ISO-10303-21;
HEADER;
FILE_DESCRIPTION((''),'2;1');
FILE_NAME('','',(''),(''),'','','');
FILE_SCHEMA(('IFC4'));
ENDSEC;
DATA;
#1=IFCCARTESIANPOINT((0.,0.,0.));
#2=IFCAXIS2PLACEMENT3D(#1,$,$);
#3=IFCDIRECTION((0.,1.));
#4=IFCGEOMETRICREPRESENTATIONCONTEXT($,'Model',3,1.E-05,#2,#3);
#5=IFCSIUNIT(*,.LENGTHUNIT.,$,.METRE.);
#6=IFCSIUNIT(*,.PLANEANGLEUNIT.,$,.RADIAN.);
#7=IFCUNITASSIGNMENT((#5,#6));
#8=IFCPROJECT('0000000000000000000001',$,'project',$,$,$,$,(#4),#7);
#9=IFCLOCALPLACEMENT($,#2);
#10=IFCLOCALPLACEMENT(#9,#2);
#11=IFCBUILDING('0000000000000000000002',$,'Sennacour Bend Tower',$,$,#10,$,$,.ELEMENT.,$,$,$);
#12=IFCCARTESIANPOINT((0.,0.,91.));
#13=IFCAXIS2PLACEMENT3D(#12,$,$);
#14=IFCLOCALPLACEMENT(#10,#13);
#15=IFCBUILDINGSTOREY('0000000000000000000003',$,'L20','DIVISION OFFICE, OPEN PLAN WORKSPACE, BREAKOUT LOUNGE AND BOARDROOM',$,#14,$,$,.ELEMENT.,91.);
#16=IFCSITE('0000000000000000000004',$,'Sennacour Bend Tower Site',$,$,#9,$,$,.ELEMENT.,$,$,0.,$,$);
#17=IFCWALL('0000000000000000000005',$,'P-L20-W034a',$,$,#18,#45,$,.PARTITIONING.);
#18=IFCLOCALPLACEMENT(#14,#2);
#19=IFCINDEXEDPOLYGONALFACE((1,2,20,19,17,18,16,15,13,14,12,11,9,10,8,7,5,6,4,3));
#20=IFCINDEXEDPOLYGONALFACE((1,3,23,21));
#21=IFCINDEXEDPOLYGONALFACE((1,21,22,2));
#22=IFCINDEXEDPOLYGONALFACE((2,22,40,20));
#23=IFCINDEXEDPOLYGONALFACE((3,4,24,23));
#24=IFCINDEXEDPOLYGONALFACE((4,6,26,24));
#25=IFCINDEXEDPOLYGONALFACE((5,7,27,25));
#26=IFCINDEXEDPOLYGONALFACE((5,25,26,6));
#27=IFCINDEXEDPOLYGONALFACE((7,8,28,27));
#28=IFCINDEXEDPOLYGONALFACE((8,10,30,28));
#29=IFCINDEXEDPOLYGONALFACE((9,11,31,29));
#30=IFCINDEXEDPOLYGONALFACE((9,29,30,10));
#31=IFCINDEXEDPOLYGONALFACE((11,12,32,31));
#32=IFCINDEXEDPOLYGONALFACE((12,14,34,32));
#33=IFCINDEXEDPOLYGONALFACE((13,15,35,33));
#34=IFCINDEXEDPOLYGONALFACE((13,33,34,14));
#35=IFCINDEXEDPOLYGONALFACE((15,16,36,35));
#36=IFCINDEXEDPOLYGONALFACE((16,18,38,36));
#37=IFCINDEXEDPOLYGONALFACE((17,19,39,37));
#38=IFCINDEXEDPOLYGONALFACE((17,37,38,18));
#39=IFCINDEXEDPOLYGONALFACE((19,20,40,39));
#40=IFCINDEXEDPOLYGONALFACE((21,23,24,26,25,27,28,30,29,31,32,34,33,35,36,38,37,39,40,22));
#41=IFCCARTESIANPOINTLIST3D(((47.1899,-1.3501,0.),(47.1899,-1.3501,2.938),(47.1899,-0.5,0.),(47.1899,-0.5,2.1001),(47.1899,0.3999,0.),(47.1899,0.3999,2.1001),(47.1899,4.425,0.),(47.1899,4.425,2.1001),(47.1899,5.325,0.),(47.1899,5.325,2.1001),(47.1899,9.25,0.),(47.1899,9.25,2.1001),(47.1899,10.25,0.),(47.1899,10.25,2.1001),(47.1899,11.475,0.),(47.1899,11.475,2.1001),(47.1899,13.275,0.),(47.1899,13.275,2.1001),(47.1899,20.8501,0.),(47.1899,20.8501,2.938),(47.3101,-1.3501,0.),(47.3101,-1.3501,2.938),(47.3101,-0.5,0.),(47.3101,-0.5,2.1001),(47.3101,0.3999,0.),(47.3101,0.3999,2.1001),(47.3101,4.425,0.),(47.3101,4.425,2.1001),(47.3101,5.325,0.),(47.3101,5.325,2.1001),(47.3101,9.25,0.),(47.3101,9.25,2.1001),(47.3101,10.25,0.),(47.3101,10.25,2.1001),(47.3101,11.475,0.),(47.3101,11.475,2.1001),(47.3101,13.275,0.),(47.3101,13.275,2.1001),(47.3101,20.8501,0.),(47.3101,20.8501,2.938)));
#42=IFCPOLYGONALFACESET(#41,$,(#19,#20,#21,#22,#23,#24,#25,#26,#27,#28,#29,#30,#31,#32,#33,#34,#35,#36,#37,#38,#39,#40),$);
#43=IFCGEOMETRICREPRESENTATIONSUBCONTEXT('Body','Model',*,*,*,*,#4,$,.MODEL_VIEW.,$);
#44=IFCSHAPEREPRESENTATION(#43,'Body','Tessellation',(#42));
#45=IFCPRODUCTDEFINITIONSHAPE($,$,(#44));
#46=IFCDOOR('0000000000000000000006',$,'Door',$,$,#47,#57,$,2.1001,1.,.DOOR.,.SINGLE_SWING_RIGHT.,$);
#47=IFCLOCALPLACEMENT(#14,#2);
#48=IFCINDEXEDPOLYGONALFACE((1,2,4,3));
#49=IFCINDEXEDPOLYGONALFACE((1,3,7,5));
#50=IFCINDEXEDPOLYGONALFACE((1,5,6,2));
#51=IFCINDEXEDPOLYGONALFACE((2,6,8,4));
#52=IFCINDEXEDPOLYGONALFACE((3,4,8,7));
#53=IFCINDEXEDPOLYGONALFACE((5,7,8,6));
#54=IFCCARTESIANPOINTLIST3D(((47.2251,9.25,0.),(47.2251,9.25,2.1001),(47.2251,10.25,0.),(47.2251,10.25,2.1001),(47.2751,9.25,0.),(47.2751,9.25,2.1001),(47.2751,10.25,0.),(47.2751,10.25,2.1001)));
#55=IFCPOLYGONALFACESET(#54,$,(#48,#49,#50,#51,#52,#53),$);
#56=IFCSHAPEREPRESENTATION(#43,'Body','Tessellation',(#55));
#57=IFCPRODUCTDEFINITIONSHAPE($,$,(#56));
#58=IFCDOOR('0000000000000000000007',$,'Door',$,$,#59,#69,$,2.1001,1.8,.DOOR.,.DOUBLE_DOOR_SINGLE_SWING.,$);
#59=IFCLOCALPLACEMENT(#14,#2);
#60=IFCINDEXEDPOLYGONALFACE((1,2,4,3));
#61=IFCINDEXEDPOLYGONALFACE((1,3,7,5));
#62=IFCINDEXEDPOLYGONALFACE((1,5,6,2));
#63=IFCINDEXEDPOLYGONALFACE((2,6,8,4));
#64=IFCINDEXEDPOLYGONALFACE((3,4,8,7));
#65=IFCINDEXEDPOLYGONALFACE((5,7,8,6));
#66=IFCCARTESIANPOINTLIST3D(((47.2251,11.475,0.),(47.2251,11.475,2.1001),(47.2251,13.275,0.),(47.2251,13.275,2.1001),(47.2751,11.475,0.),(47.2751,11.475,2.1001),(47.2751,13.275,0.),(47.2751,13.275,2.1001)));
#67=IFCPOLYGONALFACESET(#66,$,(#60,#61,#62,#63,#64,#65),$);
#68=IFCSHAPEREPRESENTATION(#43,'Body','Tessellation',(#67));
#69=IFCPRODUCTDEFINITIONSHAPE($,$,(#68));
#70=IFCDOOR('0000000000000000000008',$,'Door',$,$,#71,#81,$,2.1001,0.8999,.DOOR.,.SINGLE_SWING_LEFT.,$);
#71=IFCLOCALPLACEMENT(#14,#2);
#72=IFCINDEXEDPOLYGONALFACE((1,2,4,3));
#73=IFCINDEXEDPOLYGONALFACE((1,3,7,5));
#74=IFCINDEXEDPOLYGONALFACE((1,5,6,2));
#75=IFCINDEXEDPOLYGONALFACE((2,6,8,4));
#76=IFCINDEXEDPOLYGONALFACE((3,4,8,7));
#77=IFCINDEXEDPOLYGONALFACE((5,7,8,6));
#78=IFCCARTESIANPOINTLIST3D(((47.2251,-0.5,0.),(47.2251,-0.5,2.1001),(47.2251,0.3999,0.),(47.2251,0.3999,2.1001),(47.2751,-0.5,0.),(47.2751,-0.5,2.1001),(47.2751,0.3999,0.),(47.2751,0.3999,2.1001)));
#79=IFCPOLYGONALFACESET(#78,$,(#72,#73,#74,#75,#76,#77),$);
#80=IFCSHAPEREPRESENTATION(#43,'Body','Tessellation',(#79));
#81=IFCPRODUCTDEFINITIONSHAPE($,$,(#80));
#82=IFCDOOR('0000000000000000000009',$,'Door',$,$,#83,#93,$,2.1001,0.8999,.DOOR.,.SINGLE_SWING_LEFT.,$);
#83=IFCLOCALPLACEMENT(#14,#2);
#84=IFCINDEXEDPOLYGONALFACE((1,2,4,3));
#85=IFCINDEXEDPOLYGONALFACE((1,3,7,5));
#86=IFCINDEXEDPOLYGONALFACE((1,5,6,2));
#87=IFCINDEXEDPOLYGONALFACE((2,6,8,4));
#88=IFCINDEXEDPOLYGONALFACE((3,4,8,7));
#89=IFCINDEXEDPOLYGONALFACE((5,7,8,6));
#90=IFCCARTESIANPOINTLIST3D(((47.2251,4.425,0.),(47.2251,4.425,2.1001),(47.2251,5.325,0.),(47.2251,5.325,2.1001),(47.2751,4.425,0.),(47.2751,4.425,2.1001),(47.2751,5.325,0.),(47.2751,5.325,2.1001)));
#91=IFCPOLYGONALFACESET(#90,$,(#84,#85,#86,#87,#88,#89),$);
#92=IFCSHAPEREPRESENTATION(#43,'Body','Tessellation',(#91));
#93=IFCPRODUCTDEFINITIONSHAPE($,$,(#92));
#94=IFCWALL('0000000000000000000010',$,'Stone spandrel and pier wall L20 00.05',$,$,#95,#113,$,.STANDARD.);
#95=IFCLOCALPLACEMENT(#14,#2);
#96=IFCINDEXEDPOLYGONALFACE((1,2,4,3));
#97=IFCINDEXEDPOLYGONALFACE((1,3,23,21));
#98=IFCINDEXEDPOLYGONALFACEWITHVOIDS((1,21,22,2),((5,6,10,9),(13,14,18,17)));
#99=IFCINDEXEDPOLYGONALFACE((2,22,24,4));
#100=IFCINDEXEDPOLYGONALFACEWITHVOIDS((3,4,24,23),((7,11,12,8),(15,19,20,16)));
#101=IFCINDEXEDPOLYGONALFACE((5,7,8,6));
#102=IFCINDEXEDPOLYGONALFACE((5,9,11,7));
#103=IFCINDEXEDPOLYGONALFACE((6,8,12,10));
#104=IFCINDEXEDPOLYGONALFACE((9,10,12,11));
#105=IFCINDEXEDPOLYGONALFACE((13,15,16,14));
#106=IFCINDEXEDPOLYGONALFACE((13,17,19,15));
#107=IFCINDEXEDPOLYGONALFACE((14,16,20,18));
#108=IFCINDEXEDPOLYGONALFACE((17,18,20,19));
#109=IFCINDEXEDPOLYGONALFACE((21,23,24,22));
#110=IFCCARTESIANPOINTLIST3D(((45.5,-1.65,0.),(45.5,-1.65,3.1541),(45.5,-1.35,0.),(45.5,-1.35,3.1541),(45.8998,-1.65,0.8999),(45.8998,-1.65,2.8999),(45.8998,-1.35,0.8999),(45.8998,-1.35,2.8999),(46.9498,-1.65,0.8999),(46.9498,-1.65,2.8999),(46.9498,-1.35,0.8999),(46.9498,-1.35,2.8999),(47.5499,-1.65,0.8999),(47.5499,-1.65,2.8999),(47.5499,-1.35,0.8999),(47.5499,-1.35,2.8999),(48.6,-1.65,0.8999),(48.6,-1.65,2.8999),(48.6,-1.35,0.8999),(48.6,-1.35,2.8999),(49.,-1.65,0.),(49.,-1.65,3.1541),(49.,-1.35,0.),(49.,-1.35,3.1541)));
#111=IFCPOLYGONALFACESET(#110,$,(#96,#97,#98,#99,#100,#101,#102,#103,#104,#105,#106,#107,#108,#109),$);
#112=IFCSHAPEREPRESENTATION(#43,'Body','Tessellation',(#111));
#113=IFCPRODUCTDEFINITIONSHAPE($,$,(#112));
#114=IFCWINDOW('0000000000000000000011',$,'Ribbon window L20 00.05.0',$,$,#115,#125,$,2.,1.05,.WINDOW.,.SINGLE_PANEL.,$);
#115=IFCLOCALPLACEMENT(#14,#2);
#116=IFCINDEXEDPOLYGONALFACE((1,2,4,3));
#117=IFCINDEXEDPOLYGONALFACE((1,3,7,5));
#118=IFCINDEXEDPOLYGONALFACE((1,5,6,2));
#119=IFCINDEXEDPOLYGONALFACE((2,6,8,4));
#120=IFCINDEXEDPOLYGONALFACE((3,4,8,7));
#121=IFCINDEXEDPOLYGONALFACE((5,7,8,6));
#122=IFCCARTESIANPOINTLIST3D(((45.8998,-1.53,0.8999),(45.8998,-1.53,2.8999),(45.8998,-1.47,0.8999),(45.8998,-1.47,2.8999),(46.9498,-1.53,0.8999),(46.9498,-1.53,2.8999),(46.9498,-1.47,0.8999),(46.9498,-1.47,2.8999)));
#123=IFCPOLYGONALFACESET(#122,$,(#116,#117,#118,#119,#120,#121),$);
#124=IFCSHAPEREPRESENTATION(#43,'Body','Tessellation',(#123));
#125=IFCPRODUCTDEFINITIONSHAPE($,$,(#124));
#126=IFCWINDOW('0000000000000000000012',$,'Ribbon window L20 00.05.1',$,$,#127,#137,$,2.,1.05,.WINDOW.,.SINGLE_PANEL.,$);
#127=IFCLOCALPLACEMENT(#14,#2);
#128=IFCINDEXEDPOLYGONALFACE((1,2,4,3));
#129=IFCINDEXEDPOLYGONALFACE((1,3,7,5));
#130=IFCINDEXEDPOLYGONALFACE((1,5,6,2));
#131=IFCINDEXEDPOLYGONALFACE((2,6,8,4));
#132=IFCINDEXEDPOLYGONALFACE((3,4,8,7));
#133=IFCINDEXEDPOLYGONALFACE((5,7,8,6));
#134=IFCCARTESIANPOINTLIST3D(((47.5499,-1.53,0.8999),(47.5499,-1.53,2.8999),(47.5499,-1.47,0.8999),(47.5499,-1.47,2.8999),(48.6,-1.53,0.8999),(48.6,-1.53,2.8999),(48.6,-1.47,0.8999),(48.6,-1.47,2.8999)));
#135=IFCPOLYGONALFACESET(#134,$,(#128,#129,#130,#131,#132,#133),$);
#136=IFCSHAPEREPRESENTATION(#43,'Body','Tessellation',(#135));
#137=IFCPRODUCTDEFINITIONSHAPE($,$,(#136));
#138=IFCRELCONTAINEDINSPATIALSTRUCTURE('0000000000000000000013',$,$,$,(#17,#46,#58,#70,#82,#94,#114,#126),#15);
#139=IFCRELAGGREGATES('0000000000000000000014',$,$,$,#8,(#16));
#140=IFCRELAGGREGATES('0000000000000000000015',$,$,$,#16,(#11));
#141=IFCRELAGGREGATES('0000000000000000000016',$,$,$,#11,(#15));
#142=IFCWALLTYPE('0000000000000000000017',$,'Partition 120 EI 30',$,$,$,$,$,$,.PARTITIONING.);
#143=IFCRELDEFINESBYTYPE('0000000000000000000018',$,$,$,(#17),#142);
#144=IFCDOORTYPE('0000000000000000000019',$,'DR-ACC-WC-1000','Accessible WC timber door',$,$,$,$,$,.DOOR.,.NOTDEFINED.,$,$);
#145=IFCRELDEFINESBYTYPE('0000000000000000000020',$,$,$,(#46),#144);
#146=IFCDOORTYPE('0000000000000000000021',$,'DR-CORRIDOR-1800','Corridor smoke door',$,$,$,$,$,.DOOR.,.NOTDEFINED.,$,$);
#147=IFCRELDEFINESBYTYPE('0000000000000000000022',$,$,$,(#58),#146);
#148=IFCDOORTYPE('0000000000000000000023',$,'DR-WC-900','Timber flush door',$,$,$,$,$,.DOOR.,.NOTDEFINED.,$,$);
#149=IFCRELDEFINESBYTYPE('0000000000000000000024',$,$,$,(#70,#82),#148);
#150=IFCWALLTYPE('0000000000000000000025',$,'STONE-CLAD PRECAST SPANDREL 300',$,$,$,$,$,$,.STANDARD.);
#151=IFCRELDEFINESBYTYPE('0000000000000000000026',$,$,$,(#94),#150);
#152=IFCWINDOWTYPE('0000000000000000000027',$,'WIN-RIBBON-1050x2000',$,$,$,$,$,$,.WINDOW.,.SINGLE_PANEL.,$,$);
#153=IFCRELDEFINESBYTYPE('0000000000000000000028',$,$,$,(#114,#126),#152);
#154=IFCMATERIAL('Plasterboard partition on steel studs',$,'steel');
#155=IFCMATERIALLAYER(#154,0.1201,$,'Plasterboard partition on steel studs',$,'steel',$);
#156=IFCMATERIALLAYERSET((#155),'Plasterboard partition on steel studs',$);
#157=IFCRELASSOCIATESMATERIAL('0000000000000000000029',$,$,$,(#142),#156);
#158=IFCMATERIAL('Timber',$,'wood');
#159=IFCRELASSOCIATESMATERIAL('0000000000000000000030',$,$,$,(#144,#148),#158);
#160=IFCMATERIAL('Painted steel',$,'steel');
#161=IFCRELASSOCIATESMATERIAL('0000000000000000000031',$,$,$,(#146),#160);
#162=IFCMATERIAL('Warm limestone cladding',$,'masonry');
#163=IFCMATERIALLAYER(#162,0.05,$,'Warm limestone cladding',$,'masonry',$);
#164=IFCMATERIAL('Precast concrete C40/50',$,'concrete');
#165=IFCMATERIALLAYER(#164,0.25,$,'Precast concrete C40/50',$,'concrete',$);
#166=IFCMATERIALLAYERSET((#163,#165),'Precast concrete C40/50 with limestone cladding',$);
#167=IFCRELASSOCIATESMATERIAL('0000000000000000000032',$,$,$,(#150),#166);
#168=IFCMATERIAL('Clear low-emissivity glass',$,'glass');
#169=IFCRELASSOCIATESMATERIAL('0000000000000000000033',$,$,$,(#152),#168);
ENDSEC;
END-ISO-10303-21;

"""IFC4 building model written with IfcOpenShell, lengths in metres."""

from ifc_helpers import new_model, si_unit, direction, frame, frame_2d, origin, place, context, subcontext, project, spatial, rectangle, extrude, material, layer, layer_set, type_object, element, fill, save


model = new_model("IFC4")

# Units and contexts
model_context = context("Model", 3, precision=1e-05, world=origin(), true_north=direction((0.0, 1.0)))
body_context = subcontext(model_context, "Body", "Model", "MODEL_VIEW")
ifc_project = project(units=[si_unit("LENGTHUNIT", "METRE"), si_unit("PLANEANGLEUNIT", "RADIAN")], contexts=[model_context])

# Site, building, storey
site_placement = place(None, origin())
site = spatial("IfcSite", under=ifc_project, at=site_placement, Name="Sennacour Bend Tower Site", CompositionType="ELEMENT", RefElevation=0.0)
building_placement = place(site_placement, origin())
building = spatial("IfcBuilding", under=site, at=building_placement, Name="Sennacour Bend Tower", CompositionType="ELEMENT")
storey_placement = place(building_placement, frame((0.0, 0.0, 91.0)))
storey = spatial("IfcBuildingStorey", under=building, at=storey_placement, Name="L20", Description="DIVISION OFFICE, OPEN PLAN WORKSPACE, BREAKOUT LOUNGE AND BOARDROOM", CompositionType="ELEMENT", Elevation=91.0)

# Shared definitions
ifc_material_1 = material(Name="Plasterboard partition on steel studs", Category="steel")

# Wall, openings, doors
ifc_layer_1 = layer(ifc_material_1, 0.1201, Name="Plasterboard partition on steel studs", Category="steel")
ifc_layer_set_1 = layer_set([ifc_layer_1], Name="Plasterboard partition on steel studs")
wall_type_1 = type_object("IfcWallType", Name="Partition 120 EI 30", PredefinedType="PARTITIONING", material=ifc_layer_set_1)
wall_1_placement = place(storey_placement, frame((47.25, -1.3501, 0.0), z_axis=(0.0, 0.0, 1.0), x_axis=(0.0, 1.0, 0.0)))
wall_1 = element("IfcWall", 1, at=wall_1_placement, inside=storey, type_object=wall_type_1, Name="P-L20-W034a", PredefinedType="PARTITIONING", context=body_context, shape_type="SweptSolid", body=[
    extrude(rectangle(XDim=22.2002, YDim=0.1201, at=frame_2d((11.1001, 0.0))), origin(), (0.0, 0.0, 1.0), 2.938),
])
opening_1_placement = place(wall_1_placement, frame((12.8252, 0.0, 0.0)))
opening_1 = element("IfcOpeningElement", 2, at=opening_1_placement, cuts=wall_1, PredefinedType="OPENING", context=body_context, shape_type="SweptSolid", body=[
    extrude(rectangle(XDim=1.8, YDim=2.1001, at=frame_2d((0.8999, 1.05))), frame((0.0, 0.0701, 0.0), z_axis=(0.0, -1.0, 0.0), x_axis=(1.0, 0.0, 0.0)), (0.0, 0.0, 1.0), 0.1401),
])
opening_2_placement = place(wall_1_placement, frame((0.8501, 0.0, 0.0)))
opening_2 = element("IfcOpeningElement", 3, at=opening_2_placement, cuts=wall_1, PredefinedType="OPENING", context=body_context, shape_type="SweptSolid", body=[
    extrude(rectangle(XDim=0.8999, YDim=2.1001, at=frame_2d((0.45, 1.05))), frame((0.0, 0.0701, 0.0), z_axis=(0.0, -1.0, 0.0), x_axis=(1.0, 0.0, 0.0)), (0.0, 0.0, 1.0), 0.1401),
])
opening_3_placement = place(wall_1_placement, frame((5.7751, 0.0, 0.0)))
opening_3 = element("IfcOpeningElement", 4, at=opening_3_placement, cuts=wall_1, PredefinedType="OPENING", context=body_context, shape_type="SweptSolid", body=[
    extrude(rectangle(XDim=0.8999, YDim=2.1001, at=frame_2d((0.45, 1.05))), frame((0.0, 0.0701, 0.0), z_axis=(0.0, -1.0, 0.0), x_axis=(1.0, 0.0, 0.0)), (0.0, 0.0, 1.0), 0.1401),
])
opening_4_placement = place(wall_1_placement, frame((10.6001, 0.0, 0.0)))
opening_4 = element("IfcOpeningElement", 5, at=opening_4_placement, cuts=wall_1, PredefinedType="OPENING", context=body_context, shape_type="SweptSolid", body=[
    extrude(rectangle(XDim=1.0, YDim=2.1001, at=frame_2d((0.5, 1.05))), frame((0.0, 0.0701, 0.0), z_axis=(0.0, -1.0, 0.0), x_axis=(1.0, 0.0, 0.0)), (0.0, 0.0, 1.0), 0.1401),
])
ifc_material_2 = material(Name="Timber", Category="wood")
door_type_1 = type_object("IfcDoorType", Name="DR-ACC-WC-1000", Description="Accessible WC timber door", OperationType="NOTDEFINED", PredefinedType="DOOR", material=ifc_material_2)
door_1_placement = place(opening_4_placement, origin())
door_1 = element("IfcDoor", 6, at=door_1_placement, inside=storey, type_object=door_type_1, Name="Door", OperationType="SINGLE_SWING_RIGHT", OverallHeight=2.1001, OverallWidth=1.0, PredefinedType="DOOR", context=body_context, shape_type="SweptSolid", body=[
    extrude(rectangle(XDim=1.0, YDim=2.1001, at=frame_2d((0.5, 1.05))), frame((0.0, 0.0249, 0.0), z_axis=(0.0, -1.0, 0.0), x_axis=(1.0, 0.0, 0.0)), (0.0, 0.0, 1.0), 0.05),
])
fill(opening_4, door_1)
ifc_material_3 = material(Name="Painted steel", Category="steel")
door_type_2 = type_object("IfcDoorType", Name="DR-CORRIDOR-1800", Description="Corridor smoke door", OperationType="NOTDEFINED", PredefinedType="DOOR", material=ifc_material_3)
door_2_placement = place(opening_1_placement, origin())
door_2 = element("IfcDoor", 7, at=door_2_placement, inside=storey, type_object=door_type_2, Name="Door", OperationType="DOUBLE_DOOR_SINGLE_SWING", OverallHeight=2.1001, OverallWidth=1.8, PredefinedType="DOOR", context=body_context, shape_type="SweptSolid", body=[
    extrude(rectangle(XDim=1.8, YDim=2.1001, at=frame_2d((0.8999, 1.05))), frame((0.0, 0.0249, 0.0), z_axis=(0.0, -1.0, 0.0), x_axis=(1.0, 0.0, 0.0)), (0.0, 0.0, 1.0), 0.05),
])
fill(opening_1, door_2)
door_type_3 = type_object("IfcDoorType", Name="DR-WC-900", Description="Timber flush door", OperationType="NOTDEFINED", PredefinedType="DOOR", material=ifc_material_2)
door_3_placement = place(opening_2_placement, origin())
door_3 = element("IfcDoor", 8, at=door_3_placement, inside=storey, type_object=door_type_3, Name="Door", OperationType="SINGLE_SWING_LEFT", OverallHeight=2.1001, OverallWidth=0.8999, PredefinedType="DOOR", context=body_context, shape_type="SweptSolid", body=[
    extrude(rectangle(XDim=0.8999, YDim=2.1001, at=frame_2d((0.45, 1.05))), frame((0.0, 0.0249, 0.0), z_axis=(0.0, -1.0, 0.0), x_axis=(1.0, 0.0, 0.0)), (0.0, 0.0, 1.0), 0.05),
])
fill(opening_2, door_3)
door_4_placement = place(opening_3_placement, origin())
door_4 = element("IfcDoor", 9, at=door_4_placement, inside=storey, type_object=door_type_3, Name="Door", OperationType="SINGLE_SWING_LEFT", OverallHeight=2.1001, OverallWidth=0.8999, PredefinedType="DOOR", context=body_context, shape_type="SweptSolid", body=[
    extrude(rectangle(XDim=0.8999, YDim=2.1001, at=frame_2d((0.45, 1.05))), frame((0.0, 0.0249, 0.0), z_axis=(0.0, -1.0, 0.0), x_axis=(1.0, 0.0, 0.0)), (0.0, 0.0, 1.0), 0.05),
])
fill(opening_3, door_4)

# Wall, openings, windows
ifc_material_4 = material(Name="Warm limestone cladding", Category="masonry")
ifc_layer_2 = layer(ifc_material_4, 0.05, Name="Warm limestone cladding", Category="masonry")
ifc_material_5 = material(Name="Precast concrete C40/50", Category="concrete")
ifc_layer_3 = layer(ifc_material_5, 0.25, Name="Precast concrete C40/50", Category="concrete")
ifc_layer_set_2 = layer_set([ifc_layer_2, ifc_layer_3], Name="Precast concrete C40/50 with limestone cladding")
wall_type_2 = type_object("IfcWallType", Name="STONE-CLAD PRECAST SPANDREL 300", PredefinedType="STANDARD", material=ifc_layer_set_2)
wall_2_placement = place(storey_placement, frame((45.5, -1.5, 0.0), z_axis=(0.0, 0.0, 1.0), x_axis=(1.0, 0.0, 0.0)))
wall_2 = element("IfcWall", 10, at=wall_2_placement, inside=storey, type_object=wall_type_2, Name="Stone spandrel and pier wall L20 00.05", PredefinedType="STANDARD", context=body_context, shape_type="SweptSolid", body=[
    extrude(rectangle(XDim=3.5, YDim=0.3, at=frame_2d((1.75, 0.0))), origin(), (0.0, 0.0, 1.0), 3.1541),
])
opening_5_placement = place(wall_2_placement, frame((0.3999, 0.0, 0.8999)))
opening_5 = element("IfcOpeningElement", 11, at=opening_5_placement, cuts=wall_2, PredefinedType="OPENING", context=body_context, shape_type="SweptSolid", body=[
    extrude(rectangle(XDim=1.05, YDim=2.0, at=frame_2d((0.5249, 1.0))), frame((0.0, 0.1602, 0.0), z_axis=(0.0, -1.0, 0.0), x_axis=(1.0, 0.0, 0.0)), (0.0, 0.0, 1.0), 0.3201),
])
opening_6_placement = place(wall_2_placement, frame((2.05, 0.0, 0.8999)))
opening_6 = element("IfcOpeningElement", 12, at=opening_6_placement, cuts=wall_2, PredefinedType="OPENING", context=body_context, shape_type="SweptSolid", body=[
    extrude(rectangle(XDim=1.05, YDim=2.0, at=frame_2d((0.5249, 1.0))), frame((0.0, 0.1602, 0.0), z_axis=(0.0, -1.0, 0.0), x_axis=(1.0, 0.0, 0.0)), (0.0, 0.0, 1.0), 0.3201),
])
ifc_material_6 = material(Name="Clear low-emissivity glass", Category="glass")
window_type = type_object("IfcWindowType", Name="WIN-RIBBON-1050x2000", PartitioningType="SINGLE_PANEL", PredefinedType="WINDOW", material=ifc_material_6)
window_1_placement = place(opening_5_placement, origin())
window_1 = element("IfcWindow", 13, at=window_1_placement, inside=storey, type_object=window_type, Name="Ribbon window L20 00.05.0", OverallHeight=2.0, OverallWidth=1.05, PartitioningType="SINGLE_PANEL", PredefinedType="WINDOW", context=body_context, shape_type="SweptSolid", body=[
    extrude(rectangle(XDim=1.05, YDim=2.0, at=frame_2d((0.5249, 1.0))), frame((0.0, 0.03, 0.0), z_axis=(0.0, -1.0, 0.0), x_axis=(1.0, 0.0, 0.0)), (0.0, 0.0, 1.0), 0.0601),
])
fill(opening_5, window_1)
window_2_placement = place(opening_6_placement, origin())
window_2 = element("IfcWindow", 14, at=window_2_placement, inside=storey, type_object=window_type, Name="Ribbon window L20 00.05.1", OverallHeight=2.0, OverallWidth=1.05, PartitioningType="SINGLE_PANEL", PredefinedType="WINDOW", context=body_context, shape_type="SweptSolid", body=[
    extrude(rectangle(XDim=1.05, YDim=2.0, at=frame_2d((0.5249, 1.0))), frame((0.0, 0.03, 0.0), z_axis=(0.0, -1.0, 0.0), x_axis=(1.0, 0.0, 0.0)), (0.0, 0.0, 1.0), 0.0601),
])
fill(opening_6, window_2)

save(model, "model.ifc")
